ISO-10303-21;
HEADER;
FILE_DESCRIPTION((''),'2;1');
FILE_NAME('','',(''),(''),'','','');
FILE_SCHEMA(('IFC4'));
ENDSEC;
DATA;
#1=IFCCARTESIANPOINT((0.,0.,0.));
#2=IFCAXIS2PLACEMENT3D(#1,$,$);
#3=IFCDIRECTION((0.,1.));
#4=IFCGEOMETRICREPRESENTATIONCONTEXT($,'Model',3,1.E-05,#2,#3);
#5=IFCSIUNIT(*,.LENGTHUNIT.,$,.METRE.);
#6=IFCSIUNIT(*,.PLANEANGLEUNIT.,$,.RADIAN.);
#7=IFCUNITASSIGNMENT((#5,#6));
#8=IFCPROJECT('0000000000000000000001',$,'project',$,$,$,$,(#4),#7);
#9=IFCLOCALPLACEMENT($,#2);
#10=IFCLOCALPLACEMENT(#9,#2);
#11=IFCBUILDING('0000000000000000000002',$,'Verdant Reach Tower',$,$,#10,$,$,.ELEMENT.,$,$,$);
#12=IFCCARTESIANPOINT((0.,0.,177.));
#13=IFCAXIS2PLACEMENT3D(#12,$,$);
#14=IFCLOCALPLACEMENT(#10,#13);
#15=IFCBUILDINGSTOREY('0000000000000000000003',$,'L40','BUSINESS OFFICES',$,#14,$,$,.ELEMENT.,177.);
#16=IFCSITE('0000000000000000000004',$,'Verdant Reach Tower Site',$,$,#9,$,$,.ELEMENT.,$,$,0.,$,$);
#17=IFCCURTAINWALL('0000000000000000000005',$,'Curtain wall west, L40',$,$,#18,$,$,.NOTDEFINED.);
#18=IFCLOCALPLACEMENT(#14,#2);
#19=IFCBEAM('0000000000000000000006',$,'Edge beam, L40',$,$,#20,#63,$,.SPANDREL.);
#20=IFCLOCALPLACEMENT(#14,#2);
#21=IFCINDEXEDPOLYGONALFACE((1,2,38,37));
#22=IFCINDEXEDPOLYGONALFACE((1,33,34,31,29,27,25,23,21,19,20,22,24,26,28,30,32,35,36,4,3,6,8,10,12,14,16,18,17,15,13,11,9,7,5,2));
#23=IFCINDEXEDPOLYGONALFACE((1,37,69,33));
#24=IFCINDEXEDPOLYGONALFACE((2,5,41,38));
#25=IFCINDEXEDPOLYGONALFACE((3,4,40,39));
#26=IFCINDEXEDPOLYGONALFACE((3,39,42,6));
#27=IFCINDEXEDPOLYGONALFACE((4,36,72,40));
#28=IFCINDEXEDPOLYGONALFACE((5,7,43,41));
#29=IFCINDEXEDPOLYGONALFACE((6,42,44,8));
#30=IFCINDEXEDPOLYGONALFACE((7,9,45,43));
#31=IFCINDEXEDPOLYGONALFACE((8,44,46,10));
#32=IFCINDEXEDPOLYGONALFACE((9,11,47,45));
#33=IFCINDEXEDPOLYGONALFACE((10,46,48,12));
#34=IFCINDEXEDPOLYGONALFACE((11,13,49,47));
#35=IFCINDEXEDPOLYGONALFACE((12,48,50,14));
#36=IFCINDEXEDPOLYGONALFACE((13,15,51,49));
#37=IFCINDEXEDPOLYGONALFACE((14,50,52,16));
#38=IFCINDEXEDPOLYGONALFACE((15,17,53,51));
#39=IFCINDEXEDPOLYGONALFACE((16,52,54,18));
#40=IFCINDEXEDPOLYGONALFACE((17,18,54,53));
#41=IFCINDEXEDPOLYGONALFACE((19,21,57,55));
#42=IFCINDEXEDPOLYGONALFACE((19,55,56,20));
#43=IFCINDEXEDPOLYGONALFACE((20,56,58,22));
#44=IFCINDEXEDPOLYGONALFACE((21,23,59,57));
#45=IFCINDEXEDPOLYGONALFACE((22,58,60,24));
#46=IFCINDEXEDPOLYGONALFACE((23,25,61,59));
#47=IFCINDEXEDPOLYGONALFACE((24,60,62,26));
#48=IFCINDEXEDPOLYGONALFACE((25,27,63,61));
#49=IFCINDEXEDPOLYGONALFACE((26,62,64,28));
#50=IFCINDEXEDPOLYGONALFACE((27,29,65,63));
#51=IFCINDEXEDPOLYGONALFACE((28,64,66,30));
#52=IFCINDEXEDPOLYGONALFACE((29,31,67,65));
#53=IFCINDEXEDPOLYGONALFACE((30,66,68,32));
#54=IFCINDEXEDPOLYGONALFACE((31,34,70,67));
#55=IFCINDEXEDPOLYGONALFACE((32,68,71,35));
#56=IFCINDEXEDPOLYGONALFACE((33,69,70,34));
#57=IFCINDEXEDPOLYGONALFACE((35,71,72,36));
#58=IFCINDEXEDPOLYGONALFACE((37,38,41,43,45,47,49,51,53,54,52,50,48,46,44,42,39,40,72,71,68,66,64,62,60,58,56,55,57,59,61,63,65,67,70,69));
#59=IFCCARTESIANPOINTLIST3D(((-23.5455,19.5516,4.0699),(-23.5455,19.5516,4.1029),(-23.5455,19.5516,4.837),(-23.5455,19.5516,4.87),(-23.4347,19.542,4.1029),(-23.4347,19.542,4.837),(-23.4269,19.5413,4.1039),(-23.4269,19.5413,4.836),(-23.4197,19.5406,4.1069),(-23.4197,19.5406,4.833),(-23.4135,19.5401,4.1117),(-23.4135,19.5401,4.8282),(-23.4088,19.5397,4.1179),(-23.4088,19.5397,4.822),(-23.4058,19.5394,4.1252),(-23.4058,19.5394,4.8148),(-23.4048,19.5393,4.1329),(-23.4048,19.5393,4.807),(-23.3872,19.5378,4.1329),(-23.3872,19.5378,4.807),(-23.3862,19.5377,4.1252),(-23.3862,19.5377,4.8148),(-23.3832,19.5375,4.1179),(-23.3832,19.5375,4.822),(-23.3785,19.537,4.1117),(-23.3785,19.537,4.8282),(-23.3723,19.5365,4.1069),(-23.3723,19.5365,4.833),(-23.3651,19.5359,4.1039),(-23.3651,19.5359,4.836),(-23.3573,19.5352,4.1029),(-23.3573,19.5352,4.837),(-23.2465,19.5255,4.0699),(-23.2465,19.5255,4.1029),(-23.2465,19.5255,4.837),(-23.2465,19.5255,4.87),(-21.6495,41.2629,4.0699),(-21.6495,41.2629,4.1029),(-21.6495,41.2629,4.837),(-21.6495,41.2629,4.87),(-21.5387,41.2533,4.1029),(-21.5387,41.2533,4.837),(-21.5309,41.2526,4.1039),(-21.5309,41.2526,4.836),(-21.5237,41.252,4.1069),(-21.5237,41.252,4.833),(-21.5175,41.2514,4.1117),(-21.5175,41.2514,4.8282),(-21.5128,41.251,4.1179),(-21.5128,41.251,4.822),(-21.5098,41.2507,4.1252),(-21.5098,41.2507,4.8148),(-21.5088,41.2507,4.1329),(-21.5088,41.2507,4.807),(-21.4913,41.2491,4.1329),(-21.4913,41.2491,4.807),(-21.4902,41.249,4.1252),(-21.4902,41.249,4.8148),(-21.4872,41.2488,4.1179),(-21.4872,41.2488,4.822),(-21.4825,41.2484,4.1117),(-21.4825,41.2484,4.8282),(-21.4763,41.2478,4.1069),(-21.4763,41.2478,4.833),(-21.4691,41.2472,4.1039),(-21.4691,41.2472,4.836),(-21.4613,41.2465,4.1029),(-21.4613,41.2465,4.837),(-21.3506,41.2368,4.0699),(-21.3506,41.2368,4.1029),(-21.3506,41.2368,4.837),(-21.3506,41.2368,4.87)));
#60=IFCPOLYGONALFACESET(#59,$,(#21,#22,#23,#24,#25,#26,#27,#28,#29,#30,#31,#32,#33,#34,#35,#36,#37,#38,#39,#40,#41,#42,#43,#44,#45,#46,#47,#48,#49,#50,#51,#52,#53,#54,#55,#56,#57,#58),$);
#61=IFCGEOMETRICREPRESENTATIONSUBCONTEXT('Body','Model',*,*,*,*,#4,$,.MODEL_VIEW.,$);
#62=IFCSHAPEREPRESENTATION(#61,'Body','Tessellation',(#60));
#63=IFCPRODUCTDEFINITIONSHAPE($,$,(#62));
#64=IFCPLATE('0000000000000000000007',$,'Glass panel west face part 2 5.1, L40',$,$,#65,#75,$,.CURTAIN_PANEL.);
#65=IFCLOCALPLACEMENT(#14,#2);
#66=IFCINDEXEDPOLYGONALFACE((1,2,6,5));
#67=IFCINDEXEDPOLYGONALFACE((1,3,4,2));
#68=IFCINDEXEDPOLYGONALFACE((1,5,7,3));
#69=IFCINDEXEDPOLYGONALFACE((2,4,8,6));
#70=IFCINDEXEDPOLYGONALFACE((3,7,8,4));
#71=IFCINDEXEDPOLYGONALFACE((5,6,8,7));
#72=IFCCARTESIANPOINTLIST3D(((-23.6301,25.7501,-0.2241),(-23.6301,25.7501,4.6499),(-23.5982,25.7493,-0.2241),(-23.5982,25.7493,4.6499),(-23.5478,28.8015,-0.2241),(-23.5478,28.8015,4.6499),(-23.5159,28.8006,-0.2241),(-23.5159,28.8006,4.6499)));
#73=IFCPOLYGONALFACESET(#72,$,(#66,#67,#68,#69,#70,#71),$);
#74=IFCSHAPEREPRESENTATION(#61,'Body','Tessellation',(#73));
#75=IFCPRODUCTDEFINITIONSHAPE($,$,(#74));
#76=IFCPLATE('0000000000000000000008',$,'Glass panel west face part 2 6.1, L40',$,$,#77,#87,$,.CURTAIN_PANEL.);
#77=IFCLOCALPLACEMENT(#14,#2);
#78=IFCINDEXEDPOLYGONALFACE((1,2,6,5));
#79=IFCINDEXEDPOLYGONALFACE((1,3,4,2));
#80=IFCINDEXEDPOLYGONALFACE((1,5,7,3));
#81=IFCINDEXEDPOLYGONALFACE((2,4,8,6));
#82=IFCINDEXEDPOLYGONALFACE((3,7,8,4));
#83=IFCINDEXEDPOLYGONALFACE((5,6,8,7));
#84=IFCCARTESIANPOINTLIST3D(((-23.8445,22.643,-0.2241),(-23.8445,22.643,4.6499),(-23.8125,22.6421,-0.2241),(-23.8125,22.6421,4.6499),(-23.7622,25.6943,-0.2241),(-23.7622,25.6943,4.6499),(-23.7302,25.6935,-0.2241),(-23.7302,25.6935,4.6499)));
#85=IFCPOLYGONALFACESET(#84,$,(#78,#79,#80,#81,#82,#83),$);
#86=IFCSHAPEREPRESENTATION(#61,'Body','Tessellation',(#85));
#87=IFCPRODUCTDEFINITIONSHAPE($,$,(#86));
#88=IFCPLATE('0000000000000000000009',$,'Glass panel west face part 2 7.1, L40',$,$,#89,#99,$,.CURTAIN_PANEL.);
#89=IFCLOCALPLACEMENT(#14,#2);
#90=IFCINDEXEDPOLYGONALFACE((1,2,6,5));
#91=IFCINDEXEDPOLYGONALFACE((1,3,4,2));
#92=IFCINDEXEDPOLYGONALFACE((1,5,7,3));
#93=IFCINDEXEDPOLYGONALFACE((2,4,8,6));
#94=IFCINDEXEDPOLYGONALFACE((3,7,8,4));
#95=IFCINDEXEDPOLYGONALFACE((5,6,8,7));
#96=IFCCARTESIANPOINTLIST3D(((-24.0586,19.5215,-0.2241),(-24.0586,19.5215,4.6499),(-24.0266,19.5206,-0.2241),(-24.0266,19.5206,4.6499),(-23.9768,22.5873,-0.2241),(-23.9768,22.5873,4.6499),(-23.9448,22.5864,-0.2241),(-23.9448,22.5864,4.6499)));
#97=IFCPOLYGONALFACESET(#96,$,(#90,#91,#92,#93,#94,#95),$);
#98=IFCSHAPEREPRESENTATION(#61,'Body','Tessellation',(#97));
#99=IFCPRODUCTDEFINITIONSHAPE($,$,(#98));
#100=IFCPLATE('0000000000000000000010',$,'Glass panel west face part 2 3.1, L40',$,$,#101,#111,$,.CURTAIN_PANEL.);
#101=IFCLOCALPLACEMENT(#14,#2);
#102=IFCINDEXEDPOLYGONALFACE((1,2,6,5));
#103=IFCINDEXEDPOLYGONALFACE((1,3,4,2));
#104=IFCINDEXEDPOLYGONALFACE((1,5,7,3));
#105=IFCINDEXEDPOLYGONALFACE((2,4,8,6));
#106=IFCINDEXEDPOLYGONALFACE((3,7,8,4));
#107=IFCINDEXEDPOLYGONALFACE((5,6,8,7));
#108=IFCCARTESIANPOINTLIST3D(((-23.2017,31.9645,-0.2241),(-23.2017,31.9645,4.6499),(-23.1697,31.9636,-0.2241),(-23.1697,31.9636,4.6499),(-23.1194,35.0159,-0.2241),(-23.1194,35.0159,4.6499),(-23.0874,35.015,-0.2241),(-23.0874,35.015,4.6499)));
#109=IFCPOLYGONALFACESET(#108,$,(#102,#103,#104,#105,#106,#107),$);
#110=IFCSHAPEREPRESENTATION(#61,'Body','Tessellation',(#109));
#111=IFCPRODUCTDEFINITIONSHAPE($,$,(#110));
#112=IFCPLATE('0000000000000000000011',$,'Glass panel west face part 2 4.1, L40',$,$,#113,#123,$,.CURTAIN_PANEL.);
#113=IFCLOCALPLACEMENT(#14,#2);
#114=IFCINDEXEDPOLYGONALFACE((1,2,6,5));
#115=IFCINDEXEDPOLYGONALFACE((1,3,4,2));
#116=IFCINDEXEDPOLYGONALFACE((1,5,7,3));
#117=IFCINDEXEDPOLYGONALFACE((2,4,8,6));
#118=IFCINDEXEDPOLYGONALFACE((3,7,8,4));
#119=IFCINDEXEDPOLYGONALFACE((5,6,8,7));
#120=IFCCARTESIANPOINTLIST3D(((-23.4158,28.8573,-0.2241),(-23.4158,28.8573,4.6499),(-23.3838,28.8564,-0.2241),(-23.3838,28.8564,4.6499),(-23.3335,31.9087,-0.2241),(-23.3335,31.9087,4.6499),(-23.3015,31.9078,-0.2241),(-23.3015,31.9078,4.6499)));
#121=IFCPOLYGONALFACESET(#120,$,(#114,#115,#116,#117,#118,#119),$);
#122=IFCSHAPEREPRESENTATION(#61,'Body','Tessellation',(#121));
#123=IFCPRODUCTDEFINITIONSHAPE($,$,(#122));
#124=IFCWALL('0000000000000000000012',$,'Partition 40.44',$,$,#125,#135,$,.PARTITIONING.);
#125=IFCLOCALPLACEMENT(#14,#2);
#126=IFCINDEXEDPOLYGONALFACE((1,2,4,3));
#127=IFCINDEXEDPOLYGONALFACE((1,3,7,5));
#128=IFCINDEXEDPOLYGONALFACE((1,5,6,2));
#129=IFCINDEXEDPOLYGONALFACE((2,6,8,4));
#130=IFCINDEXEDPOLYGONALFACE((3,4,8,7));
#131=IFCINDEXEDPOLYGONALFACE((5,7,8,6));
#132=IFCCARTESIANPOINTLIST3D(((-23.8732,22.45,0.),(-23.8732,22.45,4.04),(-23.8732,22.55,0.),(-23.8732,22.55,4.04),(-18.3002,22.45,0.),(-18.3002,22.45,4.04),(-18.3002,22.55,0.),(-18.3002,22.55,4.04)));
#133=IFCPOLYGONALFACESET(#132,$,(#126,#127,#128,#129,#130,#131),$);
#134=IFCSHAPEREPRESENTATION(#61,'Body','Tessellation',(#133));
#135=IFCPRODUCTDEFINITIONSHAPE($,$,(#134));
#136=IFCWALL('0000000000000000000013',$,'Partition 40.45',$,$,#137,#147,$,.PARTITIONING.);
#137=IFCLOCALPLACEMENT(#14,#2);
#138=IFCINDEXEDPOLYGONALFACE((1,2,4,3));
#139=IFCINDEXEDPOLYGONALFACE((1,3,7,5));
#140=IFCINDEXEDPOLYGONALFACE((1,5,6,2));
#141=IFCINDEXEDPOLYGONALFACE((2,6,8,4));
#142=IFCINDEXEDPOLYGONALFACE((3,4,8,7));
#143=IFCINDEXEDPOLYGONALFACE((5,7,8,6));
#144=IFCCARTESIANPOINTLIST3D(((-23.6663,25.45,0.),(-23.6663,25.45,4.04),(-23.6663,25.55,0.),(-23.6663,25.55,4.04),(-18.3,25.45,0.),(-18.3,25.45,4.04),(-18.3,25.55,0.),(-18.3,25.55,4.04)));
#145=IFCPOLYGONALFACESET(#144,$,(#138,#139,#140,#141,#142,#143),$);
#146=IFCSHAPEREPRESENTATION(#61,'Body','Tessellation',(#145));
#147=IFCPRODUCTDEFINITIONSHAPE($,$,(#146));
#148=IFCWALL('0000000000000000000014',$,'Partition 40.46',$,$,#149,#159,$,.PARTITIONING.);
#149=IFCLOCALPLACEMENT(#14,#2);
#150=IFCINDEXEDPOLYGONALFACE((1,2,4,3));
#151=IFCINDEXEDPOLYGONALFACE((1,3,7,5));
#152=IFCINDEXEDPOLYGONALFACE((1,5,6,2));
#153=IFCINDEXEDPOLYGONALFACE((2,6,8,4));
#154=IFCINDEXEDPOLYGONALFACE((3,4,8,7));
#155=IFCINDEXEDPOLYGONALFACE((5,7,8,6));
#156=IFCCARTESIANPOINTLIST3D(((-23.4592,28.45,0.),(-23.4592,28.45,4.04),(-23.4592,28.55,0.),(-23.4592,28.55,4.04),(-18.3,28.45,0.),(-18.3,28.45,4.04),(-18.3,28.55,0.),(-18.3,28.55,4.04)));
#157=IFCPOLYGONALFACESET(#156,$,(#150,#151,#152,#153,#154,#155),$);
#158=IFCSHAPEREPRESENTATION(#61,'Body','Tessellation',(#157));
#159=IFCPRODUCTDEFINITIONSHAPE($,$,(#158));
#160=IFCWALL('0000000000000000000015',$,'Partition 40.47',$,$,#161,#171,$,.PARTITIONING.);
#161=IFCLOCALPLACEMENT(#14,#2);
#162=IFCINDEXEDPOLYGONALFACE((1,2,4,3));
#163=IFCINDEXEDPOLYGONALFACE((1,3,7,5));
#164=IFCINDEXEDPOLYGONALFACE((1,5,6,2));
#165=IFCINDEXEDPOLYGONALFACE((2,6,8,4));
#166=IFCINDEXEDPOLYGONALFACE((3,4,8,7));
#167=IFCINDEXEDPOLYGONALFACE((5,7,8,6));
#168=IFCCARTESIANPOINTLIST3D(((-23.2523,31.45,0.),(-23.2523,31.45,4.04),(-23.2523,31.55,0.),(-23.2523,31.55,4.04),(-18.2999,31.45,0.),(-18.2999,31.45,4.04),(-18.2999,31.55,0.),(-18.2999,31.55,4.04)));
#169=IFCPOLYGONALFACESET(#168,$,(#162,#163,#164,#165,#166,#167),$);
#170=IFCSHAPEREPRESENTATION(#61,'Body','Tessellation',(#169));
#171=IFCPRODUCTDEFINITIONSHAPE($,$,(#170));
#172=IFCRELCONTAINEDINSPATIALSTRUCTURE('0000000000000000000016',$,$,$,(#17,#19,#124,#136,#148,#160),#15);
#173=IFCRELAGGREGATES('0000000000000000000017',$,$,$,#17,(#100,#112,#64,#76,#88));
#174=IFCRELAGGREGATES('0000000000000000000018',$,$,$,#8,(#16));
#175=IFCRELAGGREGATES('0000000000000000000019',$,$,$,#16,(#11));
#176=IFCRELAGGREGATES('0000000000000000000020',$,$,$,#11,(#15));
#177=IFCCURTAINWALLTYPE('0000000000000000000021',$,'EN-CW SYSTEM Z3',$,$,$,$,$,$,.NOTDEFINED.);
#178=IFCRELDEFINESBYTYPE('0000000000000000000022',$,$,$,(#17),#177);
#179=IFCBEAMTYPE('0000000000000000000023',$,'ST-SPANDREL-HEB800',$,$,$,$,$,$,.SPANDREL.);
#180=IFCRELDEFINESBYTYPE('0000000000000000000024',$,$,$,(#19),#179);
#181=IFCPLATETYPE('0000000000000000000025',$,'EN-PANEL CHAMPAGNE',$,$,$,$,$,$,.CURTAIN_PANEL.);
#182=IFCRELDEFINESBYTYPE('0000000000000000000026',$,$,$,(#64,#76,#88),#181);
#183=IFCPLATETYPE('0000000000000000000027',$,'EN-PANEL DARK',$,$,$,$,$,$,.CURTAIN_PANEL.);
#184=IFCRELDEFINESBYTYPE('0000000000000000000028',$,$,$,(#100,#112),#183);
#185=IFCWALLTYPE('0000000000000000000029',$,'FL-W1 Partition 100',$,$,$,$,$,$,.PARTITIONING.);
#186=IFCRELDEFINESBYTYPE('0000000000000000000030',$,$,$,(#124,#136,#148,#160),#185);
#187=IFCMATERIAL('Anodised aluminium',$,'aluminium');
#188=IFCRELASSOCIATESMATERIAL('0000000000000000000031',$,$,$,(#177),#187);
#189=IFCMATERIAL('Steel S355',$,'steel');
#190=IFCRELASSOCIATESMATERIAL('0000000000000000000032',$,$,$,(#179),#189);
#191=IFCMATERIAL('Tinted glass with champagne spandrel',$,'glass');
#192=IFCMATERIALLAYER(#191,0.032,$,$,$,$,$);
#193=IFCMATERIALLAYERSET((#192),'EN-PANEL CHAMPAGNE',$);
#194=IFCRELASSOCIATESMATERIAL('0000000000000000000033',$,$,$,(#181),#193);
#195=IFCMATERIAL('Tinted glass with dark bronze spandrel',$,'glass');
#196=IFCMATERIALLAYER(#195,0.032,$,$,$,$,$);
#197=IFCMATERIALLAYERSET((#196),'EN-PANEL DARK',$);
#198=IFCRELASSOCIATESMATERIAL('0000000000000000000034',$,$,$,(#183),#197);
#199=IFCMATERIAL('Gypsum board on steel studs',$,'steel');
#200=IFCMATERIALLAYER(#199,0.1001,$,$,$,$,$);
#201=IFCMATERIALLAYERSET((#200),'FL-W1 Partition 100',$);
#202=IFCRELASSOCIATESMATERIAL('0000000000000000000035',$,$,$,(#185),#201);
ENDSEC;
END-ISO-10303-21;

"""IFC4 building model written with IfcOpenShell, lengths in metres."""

from ifc_helpers import new_model, si_unit, direction, frame, frame_2d, origin, origin_2d, place, context, subcontext, project, spatial, rectangle, i_section, extrude, material, layer, layer_set, material_profile, profile_set, type_object, element, aggregate, save


model = new_model("IFC4")

# Units and contexts
model_context = context("Model", 3, precision=1e-05, world=origin(), true_north=direction((0.0, 1.0)))
body_context = subcontext(model_context, "Body", "Model", "MODEL_VIEW")
ifc_project = project(units=[si_unit("LENGTHUNIT", "METRE"), si_unit("PLANEANGLEUNIT", "RADIAN")], contexts=[model_context])

# Site, building, storey
site_placement = place(None, origin())
site = spatial("IfcSite", under=ifc_project, at=site_placement, Name="Verdant Reach Tower Site", CompositionType="ELEMENT", RefElevation=0.0)
building_placement = place(site_placement, origin())
building = spatial("IfcBuilding", under=site, at=building_placement, Name="Verdant Reach Tower", CompositionType="ELEMENT")
storey_placement = place(building_placement, frame((0.0, 0.0, 177.0)))
storey = spatial("IfcBuildingStorey", under=building, at=storey_placement, Name="L40", Description="BUSINESS OFFICES", CompositionType="ELEMENT", Elevation=177.0)

# Curtain wall
ifc_material_1 = material(Name="Anodised aluminium", Category="aluminium")
curtain_wall_type = type_object("IfcCurtainWallType", Name="EN-CW SYSTEM Z3", PredefinedType="NOTDEFINED", material=ifc_material_1)
curtain_wall_1_placement = place(storey_placement, origin())
curtain_wall_1 = element("IfcCurtainWall", 1, at=curtain_wall_1_placement, inside=storey, type_object=curtain_wall_type, Name="Curtain wall west, L40", PredefinedType="NOTDEFINED")

# Beam
ifc_material_2 = material(Name="Steel S355", Category="steel")
ifc_material_profile_1 = material_profile(ifc_material_2, i_section(OverallWidth=0.3, OverallDepth=0.8, WebThickness=0.0176, FlangeThickness=0.033, FilletRadius=0.03, at=origin_2d()), Name="HEB 800")
ifc_profile_set_1 = profile_set([ifc_material_profile_1], Name="Steel S355")
beam_type_1 = type_object("IfcBeamType", Name="ST-SPANDREL-HEB800", PredefinedType="SPANDREL", material=ifc_profile_set_1)
beam_1_placement = place(storey_placement, frame((-23.396, 19.5386, 4.47), z_axis=(0.086996, 0.996209, 0.0), x_axis=(-0.996209, 0.086996, 0.0)))
element("IfcBeam", 2, at=beam_1_placement, inside=storey, type_object=beam_type_1, Name="Edge beam, L40", PredefinedType="SPANDREL", context=body_context, shape_type="SweptSolid", body=[
    extrude(i_section(OverallWidth=0.3, OverallDepth=0.8, WebThickness=0.0176, FlangeThickness=0.033, FilletRadius=0.03, at=origin_2d()), origin(), (0.0, 0.0, 1.0), 21.7939),
])

# Plates
ifc_material_3 = material(Name="Tinted glass with champagne spandrel", Category="glass")
ifc_layer_1 = layer(ifc_material_3, 0.032)
ifc_layer_set_1 = layer_set([ifc_layer_1], Name="EN-PANEL CHAMPAGNE")
plate_type_1 = type_object("IfcPlateType", Name="EN-PANEL CHAMPAGNE", PredefinedType="CURTAIN_PANEL", material=ifc_layer_set_1)
plate_1_placement = place(storey_placement, frame((-23.573, 27.2754, -0.2241), z_axis=(0.0, 0.0, 1.0), x_axis=(-0.026965, -0.999636, 0.0)))
plate_1 = element("IfcPlate", 3, at=plate_1_placement, type_object=plate_type_1, Name="Glass panel west face part 2 5.1, L40", PredefinedType="CURTAIN_PANEL", context=body_context, shape_type="SweptSolid", body=[
    extrude(rectangle(XDim=3.0525, YDim=0.032, at=origin_2d()), origin(), (0.0, 0.0, 1.0), 4.874),
])
plate_2_placement = place(storey_placement, frame((-23.7874, 24.1682, -0.2241), z_axis=(0.0, 0.0, 1.0), x_axis=(-0.026965, -0.999636, 0.0)))
plate_2 = element("IfcPlate", 4, at=plate_2_placement, type_object=plate_type_1, Name="Glass panel west face part 2 6.1, L40", PredefinedType="CURTAIN_PANEL", context=body_context, shape_type="SweptSolid", body=[
    extrude(rectangle(XDim=3.0525, YDim=0.032, at=origin_2d()), origin(), (0.0, 0.0, 1.0), 4.874),
])
plate_3_placement = place(storey_placement, frame((-24.0017, 21.054, -0.2241), z_axis=(0.0, 0.0, 1.0), x_axis=(-0.02666, -0.999645, 0.0)))
plate_3 = element("IfcPlate", 5, at=plate_3_placement, type_object=plate_type_1, Name="Glass panel west face part 2 7.1, L40", PredefinedType="CURTAIN_PANEL", context=body_context, shape_type="SweptSolid", body=[
    extrude(rectangle(XDim=3.0669, YDim=0.032, at=origin_2d()), origin(), (0.0, 0.0, 1.0), 4.874),
])
ifc_material_4 = material(Name="Tinted glass with dark bronze spandrel", Category="glass")
ifc_layer_2 = layer(ifc_material_4, 0.032)
ifc_layer_set_2 = layer_set([ifc_layer_2], Name="EN-PANEL DARK")
plate_type_2 = type_object("IfcPlateType", Name="EN-PANEL DARK", PredefinedType="CURTAIN_PANEL", material=ifc_layer_set_2)
plate_4_placement = place(storey_placement, frame((-23.1445, 33.4897, -0.2241), z_axis=(0.0, 0.0, 1.0), x_axis=(-0.026965, -0.999636, 0.0)))
plate_4 = element("IfcPlate", 6, at=plate_4_placement, type_object=plate_type_2, Name="Glass panel west face part 2 3.1, L40", PredefinedType="CURTAIN_PANEL", context=body_context, shape_type="SweptSolid", body=[
    extrude(rectangle(XDim=3.0525, YDim=0.032, at=origin_2d()), origin(), (0.0, 0.0, 1.0), 4.874),
])
plate_5_placement = place(storey_placement, frame((-23.3586, 30.3826, -0.2241), z_axis=(0.0, 0.0, 1.0), x_axis=(-0.026965, -0.999636, 0.0)))
plate_5 = element("IfcPlate", 7, at=plate_5_placement, type_object=plate_type_2, Name="Glass panel west face part 2 4.1, L40", PredefinedType="CURTAIN_PANEL", context=body_context, shape_type="SweptSolid", body=[
    extrude(rectangle(XDim=3.0525, YDim=0.032, at=origin_2d()), origin(), (0.0, 0.0, 1.0), 4.874),
])
aggregate(curtain_wall_1, [plate_4, plate_5, plate_1, plate_2, plate_3])

# Walls
ifc_material_5 = material(Name="Gypsum board on steel studs", Category="steel")
ifc_layer_3 = layer(ifc_material_5, 0.1001)
ifc_layer_set_3 = layer_set([ifc_layer_3], Name="FL-W1 Partition 100")
wall_type_1 = type_object("IfcWallType", Name="FL-W1 Partition 100", PredefinedType="PARTITIONING", material=ifc_layer_set_3)
wall_1_placement = place(storey_placement, frame((-18.3, 22.5, 0.0), z_axis=(0.0, 0.0, 1.0), x_axis=(-1.0, 0.0, 0.0)))
element("IfcWall", 8, at=wall_1_placement, inside=storey, type_object=wall_type_1, Name="Partition 40.44", PredefinedType="PARTITIONING", context=body_context, shape_type="SweptSolid", body=[
    extrude(rectangle(XDim=5.573, YDim=0.1001, at=frame_2d((2.7866, 0.0))), origin(), (0.0, 0.0, 1.0), 4.04),
])
wall_2_placement = place(storey_placement, frame((-18.3, 25.5, 0.0), z_axis=(0.0, 0.0, 1.0), x_axis=(-1.0, 0.0, 0.0)))
element("IfcWall", 9, at=wall_2_placement, inside=storey, type_object=wall_type_1, Name="Partition 40.45", PredefinedType="PARTITIONING", context=body_context, shape_type="SweptSolid", body=[
    extrude(rectangle(XDim=5.3662, YDim=0.1001, at=frame_2d((2.6831, 0.0))), origin(), (0.0, 0.0, 1.0), 4.04),
])
wall_3_placement = place(storey_placement, frame((-18.3, 28.5, 0.0), z_axis=(0.0, 0.0, 1.0), x_axis=(-1.0, 0.0, 0.0)))
element("IfcWall", 10, at=wall_3_placement, inside=storey, type_object=wall_type_1, Name="Partition 40.46", PredefinedType="PARTITIONING", context=body_context, shape_type="SweptSolid", body=[
    extrude(rectangle(XDim=5.1592, YDim=0.1001, at=frame_2d((2.5796, 0.0))), origin(), (0.0, 0.0, 1.0), 4.04),
])
wall_4_placement = place(storey_placement, frame((-18.3, 31.5, 0.0), z_axis=(0.0, 0.0, 1.0), x_axis=(-1.0, 0.0, 0.0)))
element("IfcWall", 11, at=wall_4_placement, inside=storey, type_object=wall_type_1, Name="Partition 40.47", PredefinedType="PARTITIONING", context=body_context, shape_type="SweptSolid", body=[
    extrude(rectangle(XDim=4.9524, YDim=0.1001, at=frame_2d((2.4761, 0.0))), origin(), (0.0, 0.0, 1.0), 4.04),
])

save(model, "model.ifc")
